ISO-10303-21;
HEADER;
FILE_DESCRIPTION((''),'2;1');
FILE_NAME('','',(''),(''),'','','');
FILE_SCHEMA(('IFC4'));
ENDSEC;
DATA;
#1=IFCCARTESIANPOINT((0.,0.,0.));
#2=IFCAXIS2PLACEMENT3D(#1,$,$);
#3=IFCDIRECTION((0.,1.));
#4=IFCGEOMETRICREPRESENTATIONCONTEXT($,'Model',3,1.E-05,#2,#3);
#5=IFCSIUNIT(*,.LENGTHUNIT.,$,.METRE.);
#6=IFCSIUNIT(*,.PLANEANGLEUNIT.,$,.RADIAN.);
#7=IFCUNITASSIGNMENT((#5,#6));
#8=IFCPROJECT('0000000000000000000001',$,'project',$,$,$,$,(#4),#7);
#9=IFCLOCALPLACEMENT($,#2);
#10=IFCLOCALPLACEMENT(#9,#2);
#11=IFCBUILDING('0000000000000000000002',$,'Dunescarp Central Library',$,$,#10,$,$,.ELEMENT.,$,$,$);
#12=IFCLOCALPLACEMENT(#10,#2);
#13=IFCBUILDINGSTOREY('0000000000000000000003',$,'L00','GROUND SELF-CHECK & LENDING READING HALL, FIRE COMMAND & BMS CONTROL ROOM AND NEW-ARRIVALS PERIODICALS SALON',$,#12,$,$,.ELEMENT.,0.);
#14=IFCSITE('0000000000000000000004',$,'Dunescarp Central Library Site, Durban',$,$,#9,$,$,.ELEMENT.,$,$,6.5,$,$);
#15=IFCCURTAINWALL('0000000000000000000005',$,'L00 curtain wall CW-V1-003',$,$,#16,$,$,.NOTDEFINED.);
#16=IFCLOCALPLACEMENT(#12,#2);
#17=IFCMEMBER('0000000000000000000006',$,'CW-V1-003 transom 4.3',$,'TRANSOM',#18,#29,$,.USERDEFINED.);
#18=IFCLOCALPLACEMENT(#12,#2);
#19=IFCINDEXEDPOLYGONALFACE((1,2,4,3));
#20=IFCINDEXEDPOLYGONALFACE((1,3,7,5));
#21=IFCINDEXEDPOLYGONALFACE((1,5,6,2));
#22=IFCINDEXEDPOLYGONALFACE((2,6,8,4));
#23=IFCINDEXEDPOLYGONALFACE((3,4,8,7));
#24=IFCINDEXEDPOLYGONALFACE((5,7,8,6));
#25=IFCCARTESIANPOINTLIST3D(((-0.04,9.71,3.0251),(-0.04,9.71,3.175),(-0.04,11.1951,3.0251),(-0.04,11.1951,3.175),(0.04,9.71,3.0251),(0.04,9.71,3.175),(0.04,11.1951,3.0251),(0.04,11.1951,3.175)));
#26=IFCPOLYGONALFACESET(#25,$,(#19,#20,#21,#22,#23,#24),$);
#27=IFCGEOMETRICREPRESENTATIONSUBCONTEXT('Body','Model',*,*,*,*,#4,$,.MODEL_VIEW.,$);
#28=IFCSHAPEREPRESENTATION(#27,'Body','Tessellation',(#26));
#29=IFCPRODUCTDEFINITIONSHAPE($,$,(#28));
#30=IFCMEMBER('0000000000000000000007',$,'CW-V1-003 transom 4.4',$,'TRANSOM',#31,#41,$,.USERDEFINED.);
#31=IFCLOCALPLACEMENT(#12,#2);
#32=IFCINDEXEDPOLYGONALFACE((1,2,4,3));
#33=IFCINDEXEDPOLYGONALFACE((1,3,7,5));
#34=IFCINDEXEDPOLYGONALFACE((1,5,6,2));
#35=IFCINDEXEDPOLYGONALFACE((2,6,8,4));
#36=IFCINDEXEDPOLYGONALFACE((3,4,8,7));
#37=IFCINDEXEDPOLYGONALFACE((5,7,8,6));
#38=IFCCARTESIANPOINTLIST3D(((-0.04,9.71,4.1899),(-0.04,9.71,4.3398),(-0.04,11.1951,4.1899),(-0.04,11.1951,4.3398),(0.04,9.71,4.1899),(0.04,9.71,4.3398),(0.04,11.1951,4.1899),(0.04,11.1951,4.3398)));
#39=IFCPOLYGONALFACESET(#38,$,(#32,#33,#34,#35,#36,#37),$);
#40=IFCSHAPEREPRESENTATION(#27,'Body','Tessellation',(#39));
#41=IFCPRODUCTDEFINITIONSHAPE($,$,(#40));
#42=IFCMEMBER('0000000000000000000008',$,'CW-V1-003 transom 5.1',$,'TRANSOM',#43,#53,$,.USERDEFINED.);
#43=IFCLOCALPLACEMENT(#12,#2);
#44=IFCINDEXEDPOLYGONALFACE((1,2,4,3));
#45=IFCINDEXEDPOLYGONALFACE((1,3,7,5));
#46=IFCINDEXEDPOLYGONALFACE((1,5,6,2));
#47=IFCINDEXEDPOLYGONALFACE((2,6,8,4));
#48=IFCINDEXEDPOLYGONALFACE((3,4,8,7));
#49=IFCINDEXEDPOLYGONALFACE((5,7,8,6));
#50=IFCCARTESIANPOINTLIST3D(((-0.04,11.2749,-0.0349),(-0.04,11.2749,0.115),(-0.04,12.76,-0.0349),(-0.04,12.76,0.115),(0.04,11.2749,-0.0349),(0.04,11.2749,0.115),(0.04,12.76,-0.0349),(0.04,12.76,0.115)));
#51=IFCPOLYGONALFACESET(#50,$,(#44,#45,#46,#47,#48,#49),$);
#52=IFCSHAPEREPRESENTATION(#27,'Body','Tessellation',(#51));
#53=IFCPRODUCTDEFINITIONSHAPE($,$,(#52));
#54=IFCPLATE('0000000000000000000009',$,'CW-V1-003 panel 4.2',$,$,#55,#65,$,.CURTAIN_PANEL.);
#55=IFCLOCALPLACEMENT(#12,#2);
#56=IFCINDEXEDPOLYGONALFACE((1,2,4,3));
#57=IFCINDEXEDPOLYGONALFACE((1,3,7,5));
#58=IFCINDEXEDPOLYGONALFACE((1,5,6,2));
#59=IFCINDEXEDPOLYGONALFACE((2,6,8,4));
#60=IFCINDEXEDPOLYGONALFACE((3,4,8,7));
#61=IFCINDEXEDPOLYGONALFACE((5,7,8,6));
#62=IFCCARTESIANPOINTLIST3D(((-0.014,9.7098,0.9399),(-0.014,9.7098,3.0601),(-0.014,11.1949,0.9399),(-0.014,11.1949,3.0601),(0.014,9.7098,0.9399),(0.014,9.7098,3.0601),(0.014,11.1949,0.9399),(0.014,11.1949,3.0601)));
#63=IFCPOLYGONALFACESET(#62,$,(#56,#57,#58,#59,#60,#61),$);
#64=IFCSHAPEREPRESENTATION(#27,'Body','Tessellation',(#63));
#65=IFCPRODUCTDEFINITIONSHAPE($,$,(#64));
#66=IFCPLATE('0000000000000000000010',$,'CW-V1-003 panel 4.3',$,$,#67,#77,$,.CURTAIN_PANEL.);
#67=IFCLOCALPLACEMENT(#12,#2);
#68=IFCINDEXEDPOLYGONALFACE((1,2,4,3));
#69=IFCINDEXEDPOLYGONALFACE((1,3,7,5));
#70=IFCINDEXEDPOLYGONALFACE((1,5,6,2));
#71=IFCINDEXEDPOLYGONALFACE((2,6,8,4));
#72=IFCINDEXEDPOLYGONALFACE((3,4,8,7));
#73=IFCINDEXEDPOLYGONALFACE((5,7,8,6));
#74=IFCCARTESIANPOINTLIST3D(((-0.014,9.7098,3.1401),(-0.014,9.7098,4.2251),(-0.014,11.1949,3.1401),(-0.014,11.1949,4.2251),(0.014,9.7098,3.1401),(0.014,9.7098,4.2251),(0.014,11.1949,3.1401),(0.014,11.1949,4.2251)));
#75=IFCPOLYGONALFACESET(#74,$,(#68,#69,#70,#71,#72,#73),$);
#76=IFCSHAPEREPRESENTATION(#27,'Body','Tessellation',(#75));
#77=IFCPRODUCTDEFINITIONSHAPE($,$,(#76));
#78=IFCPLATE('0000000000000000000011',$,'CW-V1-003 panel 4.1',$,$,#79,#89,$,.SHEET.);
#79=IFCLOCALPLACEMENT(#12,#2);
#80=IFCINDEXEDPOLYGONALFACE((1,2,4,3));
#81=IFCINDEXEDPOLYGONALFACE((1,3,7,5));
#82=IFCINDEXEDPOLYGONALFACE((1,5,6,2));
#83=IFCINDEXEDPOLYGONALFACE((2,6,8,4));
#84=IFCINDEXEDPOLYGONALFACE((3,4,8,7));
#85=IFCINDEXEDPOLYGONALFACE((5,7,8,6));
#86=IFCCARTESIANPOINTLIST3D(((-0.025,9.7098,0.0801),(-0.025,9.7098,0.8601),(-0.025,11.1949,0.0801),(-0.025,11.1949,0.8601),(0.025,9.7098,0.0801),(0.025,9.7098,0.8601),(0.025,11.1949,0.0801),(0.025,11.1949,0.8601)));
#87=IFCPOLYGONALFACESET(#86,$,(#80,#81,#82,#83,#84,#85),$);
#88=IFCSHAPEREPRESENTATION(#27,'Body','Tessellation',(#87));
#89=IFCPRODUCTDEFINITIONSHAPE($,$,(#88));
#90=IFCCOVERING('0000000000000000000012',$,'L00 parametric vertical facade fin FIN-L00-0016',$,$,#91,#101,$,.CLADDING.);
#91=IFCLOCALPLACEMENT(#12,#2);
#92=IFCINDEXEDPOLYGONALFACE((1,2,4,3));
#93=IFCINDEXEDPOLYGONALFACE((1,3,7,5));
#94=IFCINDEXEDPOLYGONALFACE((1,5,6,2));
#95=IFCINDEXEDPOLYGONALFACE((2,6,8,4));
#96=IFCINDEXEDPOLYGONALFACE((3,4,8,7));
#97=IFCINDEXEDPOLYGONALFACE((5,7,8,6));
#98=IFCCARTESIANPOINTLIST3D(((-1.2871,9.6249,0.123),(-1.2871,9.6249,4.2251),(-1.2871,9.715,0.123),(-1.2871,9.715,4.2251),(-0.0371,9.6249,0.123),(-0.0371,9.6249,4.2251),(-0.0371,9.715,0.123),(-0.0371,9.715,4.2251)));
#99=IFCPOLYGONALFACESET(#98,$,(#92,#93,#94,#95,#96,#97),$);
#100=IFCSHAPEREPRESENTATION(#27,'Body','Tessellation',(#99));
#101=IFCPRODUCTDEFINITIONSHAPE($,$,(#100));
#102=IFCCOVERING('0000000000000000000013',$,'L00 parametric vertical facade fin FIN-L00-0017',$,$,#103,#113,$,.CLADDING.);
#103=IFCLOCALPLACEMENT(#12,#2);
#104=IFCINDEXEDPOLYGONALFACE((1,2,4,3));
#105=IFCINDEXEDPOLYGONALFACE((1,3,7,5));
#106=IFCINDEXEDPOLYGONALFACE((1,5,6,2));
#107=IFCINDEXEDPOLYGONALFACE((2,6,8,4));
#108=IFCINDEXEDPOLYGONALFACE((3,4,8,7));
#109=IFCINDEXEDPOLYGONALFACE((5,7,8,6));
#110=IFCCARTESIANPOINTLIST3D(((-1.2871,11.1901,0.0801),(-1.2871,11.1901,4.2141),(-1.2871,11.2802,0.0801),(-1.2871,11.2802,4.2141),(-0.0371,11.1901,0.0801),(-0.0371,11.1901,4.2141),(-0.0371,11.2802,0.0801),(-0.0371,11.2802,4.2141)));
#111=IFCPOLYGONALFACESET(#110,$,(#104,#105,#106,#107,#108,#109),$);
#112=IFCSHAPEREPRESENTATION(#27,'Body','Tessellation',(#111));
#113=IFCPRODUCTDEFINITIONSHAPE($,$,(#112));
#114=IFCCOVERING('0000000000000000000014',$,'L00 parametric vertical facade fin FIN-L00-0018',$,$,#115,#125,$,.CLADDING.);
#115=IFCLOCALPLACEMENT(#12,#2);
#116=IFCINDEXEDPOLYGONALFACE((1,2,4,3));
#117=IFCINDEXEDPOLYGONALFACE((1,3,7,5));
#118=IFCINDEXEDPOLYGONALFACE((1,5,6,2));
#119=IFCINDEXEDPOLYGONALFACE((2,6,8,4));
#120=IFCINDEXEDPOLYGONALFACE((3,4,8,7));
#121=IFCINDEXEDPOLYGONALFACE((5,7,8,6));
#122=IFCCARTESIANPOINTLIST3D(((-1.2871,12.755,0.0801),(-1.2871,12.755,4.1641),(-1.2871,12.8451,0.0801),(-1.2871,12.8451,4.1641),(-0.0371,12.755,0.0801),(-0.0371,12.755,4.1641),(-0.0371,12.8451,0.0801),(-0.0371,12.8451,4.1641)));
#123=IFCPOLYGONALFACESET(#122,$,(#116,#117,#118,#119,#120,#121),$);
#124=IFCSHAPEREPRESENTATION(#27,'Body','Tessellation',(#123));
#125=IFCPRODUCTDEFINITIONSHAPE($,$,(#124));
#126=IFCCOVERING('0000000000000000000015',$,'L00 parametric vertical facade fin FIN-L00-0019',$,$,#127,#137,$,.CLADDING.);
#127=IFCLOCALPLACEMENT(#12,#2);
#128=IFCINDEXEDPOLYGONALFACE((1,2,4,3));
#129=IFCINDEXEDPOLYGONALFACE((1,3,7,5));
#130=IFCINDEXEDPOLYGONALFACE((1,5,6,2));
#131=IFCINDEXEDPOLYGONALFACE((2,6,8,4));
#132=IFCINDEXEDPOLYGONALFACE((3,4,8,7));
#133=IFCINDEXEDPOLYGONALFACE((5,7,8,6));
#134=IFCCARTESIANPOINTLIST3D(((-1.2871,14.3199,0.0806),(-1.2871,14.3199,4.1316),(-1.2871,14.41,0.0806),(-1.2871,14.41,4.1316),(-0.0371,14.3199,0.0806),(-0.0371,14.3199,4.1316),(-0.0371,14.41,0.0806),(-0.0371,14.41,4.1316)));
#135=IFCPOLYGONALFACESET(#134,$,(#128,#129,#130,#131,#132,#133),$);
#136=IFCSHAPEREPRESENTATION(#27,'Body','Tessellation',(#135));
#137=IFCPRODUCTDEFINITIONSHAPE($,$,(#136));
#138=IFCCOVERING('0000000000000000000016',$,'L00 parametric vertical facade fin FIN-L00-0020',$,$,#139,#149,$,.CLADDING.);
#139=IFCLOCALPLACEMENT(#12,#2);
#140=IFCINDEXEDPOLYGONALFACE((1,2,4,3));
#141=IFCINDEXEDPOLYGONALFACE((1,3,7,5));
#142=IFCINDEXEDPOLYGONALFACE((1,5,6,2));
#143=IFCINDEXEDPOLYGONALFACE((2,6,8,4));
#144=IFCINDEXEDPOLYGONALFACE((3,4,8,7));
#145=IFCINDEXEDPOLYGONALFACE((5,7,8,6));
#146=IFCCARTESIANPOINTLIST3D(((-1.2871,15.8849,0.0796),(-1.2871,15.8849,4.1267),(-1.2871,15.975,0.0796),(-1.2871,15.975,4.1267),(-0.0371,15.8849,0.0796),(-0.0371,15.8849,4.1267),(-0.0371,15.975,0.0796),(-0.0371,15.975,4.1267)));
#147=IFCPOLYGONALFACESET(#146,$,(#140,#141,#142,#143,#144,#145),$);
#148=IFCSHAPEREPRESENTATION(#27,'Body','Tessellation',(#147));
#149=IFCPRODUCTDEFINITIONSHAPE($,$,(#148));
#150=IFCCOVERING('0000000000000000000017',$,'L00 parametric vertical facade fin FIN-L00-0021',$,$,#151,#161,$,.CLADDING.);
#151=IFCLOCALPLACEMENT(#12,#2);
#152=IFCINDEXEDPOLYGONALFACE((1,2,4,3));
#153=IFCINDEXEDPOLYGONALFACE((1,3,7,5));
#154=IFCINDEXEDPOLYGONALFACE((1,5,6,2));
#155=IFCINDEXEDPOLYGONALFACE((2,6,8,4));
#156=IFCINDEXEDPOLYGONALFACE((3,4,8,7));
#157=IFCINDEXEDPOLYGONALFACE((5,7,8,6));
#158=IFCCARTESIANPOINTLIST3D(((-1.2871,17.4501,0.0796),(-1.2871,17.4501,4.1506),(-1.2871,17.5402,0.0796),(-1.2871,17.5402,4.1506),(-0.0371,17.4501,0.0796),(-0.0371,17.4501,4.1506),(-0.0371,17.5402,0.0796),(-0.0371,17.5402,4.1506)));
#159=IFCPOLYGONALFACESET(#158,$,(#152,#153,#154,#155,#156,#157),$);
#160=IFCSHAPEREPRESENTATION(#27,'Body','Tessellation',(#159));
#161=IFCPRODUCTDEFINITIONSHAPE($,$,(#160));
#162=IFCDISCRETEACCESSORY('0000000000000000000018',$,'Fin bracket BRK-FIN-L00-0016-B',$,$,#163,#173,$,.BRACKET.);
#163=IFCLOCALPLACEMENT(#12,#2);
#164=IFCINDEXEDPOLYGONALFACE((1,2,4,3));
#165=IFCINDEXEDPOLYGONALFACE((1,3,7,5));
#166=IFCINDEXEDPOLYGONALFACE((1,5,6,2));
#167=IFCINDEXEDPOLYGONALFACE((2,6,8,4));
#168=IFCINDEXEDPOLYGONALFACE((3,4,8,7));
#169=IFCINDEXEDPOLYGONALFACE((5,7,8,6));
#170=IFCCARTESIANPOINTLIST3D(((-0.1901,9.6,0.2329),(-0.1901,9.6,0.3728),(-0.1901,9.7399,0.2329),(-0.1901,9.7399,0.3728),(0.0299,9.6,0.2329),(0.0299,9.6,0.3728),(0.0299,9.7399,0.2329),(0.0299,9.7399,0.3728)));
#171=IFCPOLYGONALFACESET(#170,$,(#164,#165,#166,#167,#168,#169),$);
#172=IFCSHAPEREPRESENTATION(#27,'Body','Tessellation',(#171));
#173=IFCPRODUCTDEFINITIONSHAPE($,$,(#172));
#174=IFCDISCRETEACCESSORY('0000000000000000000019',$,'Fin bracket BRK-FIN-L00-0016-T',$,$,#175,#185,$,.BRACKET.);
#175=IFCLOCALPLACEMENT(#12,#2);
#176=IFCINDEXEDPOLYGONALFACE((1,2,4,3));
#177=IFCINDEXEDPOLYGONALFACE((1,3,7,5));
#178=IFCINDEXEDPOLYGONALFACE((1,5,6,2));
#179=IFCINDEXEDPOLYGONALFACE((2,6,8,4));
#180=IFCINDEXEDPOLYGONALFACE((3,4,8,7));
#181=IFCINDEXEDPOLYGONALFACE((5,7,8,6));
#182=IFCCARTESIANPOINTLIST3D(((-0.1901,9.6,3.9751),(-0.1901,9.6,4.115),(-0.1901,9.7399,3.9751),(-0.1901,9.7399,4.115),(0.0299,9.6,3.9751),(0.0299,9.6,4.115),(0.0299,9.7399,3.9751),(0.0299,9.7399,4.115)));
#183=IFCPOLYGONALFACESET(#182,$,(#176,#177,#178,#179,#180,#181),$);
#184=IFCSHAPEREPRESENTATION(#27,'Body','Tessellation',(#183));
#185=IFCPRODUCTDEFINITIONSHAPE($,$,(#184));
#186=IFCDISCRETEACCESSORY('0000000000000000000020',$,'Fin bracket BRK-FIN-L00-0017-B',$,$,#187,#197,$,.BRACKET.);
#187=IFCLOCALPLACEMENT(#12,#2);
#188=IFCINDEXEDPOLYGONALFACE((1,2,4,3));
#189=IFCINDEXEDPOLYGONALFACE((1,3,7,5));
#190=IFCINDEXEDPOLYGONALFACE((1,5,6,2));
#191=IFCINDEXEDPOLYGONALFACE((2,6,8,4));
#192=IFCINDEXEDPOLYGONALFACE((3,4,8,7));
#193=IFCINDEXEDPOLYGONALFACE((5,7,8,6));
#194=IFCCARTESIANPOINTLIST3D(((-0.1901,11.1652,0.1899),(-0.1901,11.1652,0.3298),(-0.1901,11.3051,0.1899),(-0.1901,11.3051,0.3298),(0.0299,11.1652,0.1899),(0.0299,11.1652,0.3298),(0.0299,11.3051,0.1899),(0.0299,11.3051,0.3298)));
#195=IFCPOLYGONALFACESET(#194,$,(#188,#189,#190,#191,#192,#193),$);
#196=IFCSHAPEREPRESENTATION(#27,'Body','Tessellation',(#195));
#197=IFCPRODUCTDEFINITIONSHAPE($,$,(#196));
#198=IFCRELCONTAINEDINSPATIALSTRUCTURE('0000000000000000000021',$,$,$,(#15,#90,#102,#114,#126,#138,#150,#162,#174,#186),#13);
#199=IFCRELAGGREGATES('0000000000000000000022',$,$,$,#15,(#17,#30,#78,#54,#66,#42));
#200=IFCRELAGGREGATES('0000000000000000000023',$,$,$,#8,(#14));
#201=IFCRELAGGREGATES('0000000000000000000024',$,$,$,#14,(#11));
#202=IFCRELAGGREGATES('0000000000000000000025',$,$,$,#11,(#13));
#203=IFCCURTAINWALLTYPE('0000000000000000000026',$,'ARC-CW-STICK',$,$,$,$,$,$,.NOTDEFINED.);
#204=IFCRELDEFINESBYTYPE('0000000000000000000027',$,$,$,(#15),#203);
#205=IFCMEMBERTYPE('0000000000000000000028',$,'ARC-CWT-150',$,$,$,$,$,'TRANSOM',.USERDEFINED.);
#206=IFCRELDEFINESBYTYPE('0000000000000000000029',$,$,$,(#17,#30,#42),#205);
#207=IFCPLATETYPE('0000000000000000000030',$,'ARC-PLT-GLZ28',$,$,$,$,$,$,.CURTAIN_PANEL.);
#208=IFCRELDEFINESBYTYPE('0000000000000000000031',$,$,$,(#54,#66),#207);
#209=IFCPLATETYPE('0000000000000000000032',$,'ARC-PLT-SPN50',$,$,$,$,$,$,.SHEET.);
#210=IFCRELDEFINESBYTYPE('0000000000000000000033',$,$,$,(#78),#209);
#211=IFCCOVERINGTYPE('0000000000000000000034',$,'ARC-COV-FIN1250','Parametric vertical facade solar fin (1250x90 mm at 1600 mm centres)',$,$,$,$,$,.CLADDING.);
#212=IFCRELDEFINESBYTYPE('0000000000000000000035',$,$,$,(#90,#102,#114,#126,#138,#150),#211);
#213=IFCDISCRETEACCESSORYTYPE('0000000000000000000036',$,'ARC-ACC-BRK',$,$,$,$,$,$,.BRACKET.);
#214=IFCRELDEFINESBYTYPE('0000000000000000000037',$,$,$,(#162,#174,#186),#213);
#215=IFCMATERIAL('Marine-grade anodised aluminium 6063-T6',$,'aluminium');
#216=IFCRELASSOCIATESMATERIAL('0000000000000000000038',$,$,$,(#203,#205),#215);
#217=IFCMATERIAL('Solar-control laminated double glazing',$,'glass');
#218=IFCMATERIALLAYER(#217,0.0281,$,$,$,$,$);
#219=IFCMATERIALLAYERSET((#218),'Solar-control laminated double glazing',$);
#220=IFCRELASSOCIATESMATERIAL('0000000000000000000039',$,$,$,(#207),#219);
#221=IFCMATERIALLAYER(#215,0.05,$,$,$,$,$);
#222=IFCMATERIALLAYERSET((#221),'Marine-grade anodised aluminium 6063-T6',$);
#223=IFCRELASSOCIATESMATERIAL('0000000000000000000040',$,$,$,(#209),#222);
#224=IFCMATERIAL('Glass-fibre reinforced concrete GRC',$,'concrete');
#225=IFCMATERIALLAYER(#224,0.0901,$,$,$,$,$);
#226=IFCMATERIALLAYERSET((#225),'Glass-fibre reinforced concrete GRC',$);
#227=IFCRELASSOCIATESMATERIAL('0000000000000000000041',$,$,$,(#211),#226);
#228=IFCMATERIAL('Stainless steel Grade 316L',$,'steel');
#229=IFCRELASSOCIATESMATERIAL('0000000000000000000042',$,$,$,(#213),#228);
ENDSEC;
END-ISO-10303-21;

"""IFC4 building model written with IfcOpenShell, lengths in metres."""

from ifc_helpers import new_model, si_unit, direction, frame, origin, origin_2d, place, context, subcontext, project, spatial, rectangle, extrude, material, layer, layer_set, material_profile, profile_set, type_object, element, aggregate, save


model = new_model("IFC4")

# Units and contexts
model_context = context("Model", 3, precision=1e-05, world=origin(), true_north=direction((0.0, 1.0)))
body_context = subcontext(model_context, "Body", "Model", "MODEL_VIEW")
ifc_project = project(units=[si_unit("LENGTHUNIT", "METRE"), si_unit("PLANEANGLEUNIT", "RADIAN")], contexts=[model_context])

# Site, building, storey
site_placement = place(None, origin())
site = spatial("IfcSite", under=ifc_project, at=site_placement, Name="Dunescarp Central Library Site, Durban", CompositionType="ELEMENT", RefElevation=6.5)
building_placement = place(site_placement, origin())
building = spatial("IfcBuilding", under=site, at=building_placement, Name="Dunescarp Central Library", CompositionType="ELEMENT")
storey_placement = place(building_placement, origin())
storey = spatial("IfcBuildingStorey", under=building, at=storey_placement, Name="L00", Description="GROUND SELF-CHECK & LENDING READING HALL, FIRE COMMAND & BMS CONTROL ROOM AND NEW-ARRIVALS PERIODICALS SALON", CompositionType="ELEMENT", Elevation=0.0)

# Curtain wall, members, plates
ifc_material_1 = material(Name="Marine-grade anodised aluminium 6063-T6", Category="aluminium")
curtain_wall_type = type_object("IfcCurtainWallType", Name="ARC-CW-STICK", PredefinedType="NOTDEFINED", material=ifc_material_1)
curtain_wall_placement = place(storey_placement, origin())
curtain_wall = element("IfcCurtainWall", 1, at=curtain_wall_placement, inside=storey, type_object=curtain_wall_type, Name="L00 curtain wall CW-V1-003", PredefinedType="NOTDEFINED")
ifc_material_profile_1 = material_profile(ifc_material_1, rectangle(XDim=0.0801, YDim=0.1499, at=origin_2d()), Name="AL 80x150")
ifc_profile_set_1 = profile_set([ifc_material_profile_1], Name="Marine-grade anodised aluminium 6063-T6")
member_type_1 = type_object("IfcMemberType", Name="ARC-CWT-150", ElementType="TRANSOM", PredefinedType="USERDEFINED", material=ifc_profile_set_1)
member_1_placement = place(storey_placement, frame((0.0, 9.71, 3.1001), z_axis=(0.0, 1.0, 0.0), x_axis=(-1.0, 0.0, 0.0)))
member_1 = element("IfcMember", 2, at=member_1_placement, type_object=member_type_1, Name="CW-V1-003 transom 4.3", ObjectType="TRANSOM", PredefinedType="USERDEFINED", context=body_context, shape_type="SweptSolid", body=[
    extrude(rectangle(XDim=0.0801, YDim=0.1499, at=origin_2d()), origin(), (0.0, 0.0, 1.0), 1.4851),
])
member_2_placement = place(storey_placement, frame((0.0, 9.71, 4.2649), z_axis=(0.0, 1.0, 0.0), x_axis=(-1.0, 0.0, 0.0)))
member_2 = element("IfcMember", 3, at=member_2_placement, type_object=member_type_1, Name="CW-V1-003 transom 4.4", ObjectType="TRANSOM", PredefinedType="USERDEFINED", context=body_context, shape_type="SweptSolid", body=[
    extrude(rectangle(XDim=0.0801, YDim=0.1499, at=origin_2d()), origin(), (0.0, 0.0, 1.0), 1.4851),
])
member_3_placement = place(storey_placement, frame((0.0, 11.2749, 0.04), z_axis=(0.0, 1.0, 0.0), x_axis=(-1.0, 0.0, 0.0)))
member_3 = element("IfcMember", 4, at=member_3_placement, type_object=member_type_1, Name="CW-V1-003 transom 5.1", ObjectType="TRANSOM", PredefinedType="USERDEFINED", context=body_context, shape_type="SweptSolid", body=[
    extrude(rectangle(XDim=0.0801, YDim=0.1499, at=origin_2d()), origin(), (0.0, 0.0, 1.0), 1.4851),
])
ifc_material_2 = material(Name="Solar-control laminated double glazing", Category="glass")
ifc_layer_1 = layer(ifc_material_2, 0.0281)
ifc_layer_set_1 = layer_set([ifc_layer_1], Name="Solar-control laminated double glazing")
plate_type_1 = type_object("IfcPlateType", Name="ARC-PLT-GLZ28", PredefinedType="CURTAIN_PANEL", material=ifc_layer_set_1)
plate_1_placement = place(storey_placement, frame((0.0, 10.4524, 0.9399), z_axis=(0.0, 0.0, 1.0), x_axis=(0.0, 1.0, 0.0)))
plate_1 = element("IfcPlate", 5, at=plate_1_placement, type_object=plate_type_1, Name="CW-V1-003 panel 4.2", PredefinedType="CURTAIN_PANEL", context=body_context, shape_type="SweptSolid", body=[
    extrude(rectangle(XDim=1.4851, YDim=0.0281, at=origin_2d()), origin(), (0.0, 0.0, 1.0), 2.1201),
])
plate_2_placement = place(storey_placement, frame((0.0, 10.4524, 3.1401), z_axis=(0.0, 0.0, 1.0), x_axis=(0.0, 1.0, 0.0)))
plate_2 = element("IfcPlate", 6, at=plate_2_placement, type_object=plate_type_1, Name="CW-V1-003 panel 4.3", PredefinedType="CURTAIN_PANEL", context=body_context, shape_type="SweptSolid", body=[
    extrude(rectangle(XDim=1.4851, YDim=0.0281, at=origin_2d()), origin(), (0.0, 0.0, 1.0), 1.085),
])
ifc_layer_2 = layer(ifc_material_1, 0.05)
ifc_layer_set_2 = layer_set([ifc_layer_2], Name="Marine-grade anodised aluminium 6063-T6")
plate_type_2 = type_object("IfcPlateType", Name="ARC-PLT-SPN50", PredefinedType="SHEET", material=ifc_layer_set_2)
plate_3_placement = place(storey_placement, frame((0.0, 10.4524, 0.0801), z_axis=(0.0, 0.0, 1.0), x_axis=(0.0, 1.0, 0.0)))
plate_3 = element("IfcPlate", 7, at=plate_3_placement, type_object=plate_type_2, Name="CW-V1-003 panel 4.1", PredefinedType="SHEET", context=body_context, shape_type="SweptSolid", body=[
    extrude(rectangle(XDim=1.4851, YDim=0.05, at=origin_2d()), origin(), (0.0, 0.0, 1.0), 0.78),
])
aggregate(curtain_wall, [member_1, member_2, plate_3, plate_1, plate_2, member_3])

# Coverings
ifc_material_3 = material(Name="Glass-fibre reinforced concrete GRC", Category="concrete")
ifc_layer_3 = layer(ifc_material_3, 0.0901)
ifc_layer_set_3 = layer_set([ifc_layer_3], Name="Glass-fibre reinforced concrete GRC")
covering_type = type_object("IfcCoveringType", Name="ARC-COV-FIN1250", Description="Parametric vertical facade solar fin (1250x90 mm at 1600 mm centres)", PredefinedType="CLADDING", material=ifc_layer_set_3)
covering_1_placement = place(storey_placement, frame((-0.6621, 9.6699, 0.123), z_axis=(0.0, 0.0, 1.0), x_axis=(-1.0, 0.0, 0.0)))
element("IfcCovering", 8, at=covering_1_placement, inside=storey, type_object=covering_type, Name="L00 parametric vertical facade fin FIN-L00-0016", PredefinedType="CLADDING", context=body_context, shape_type="SweptSolid", body=[
    extrude(rectangle(XDim=1.25, YDim=0.0901, at=origin_2d()), origin(), (0.0, 0.0, 1.0), 4.1021),
])
covering_2_placement = place(storey_placement, frame((-0.6621, 11.2351, 0.0801), z_axis=(0.0, 0.0, 1.0), x_axis=(-1.0, 0.0, 0.0)))
element("IfcCovering", 9, at=covering_2_placement, inside=storey, type_object=covering_type, Name="L00 parametric vertical facade fin FIN-L00-0017", PredefinedType="CLADDING", context=body_context, shape_type="SweptSolid", body=[
    extrude(rectangle(XDim=1.25, YDim=0.0901, at=origin_2d()), origin(), (0.0, 0.0, 1.0), 4.134),
])
covering_3_placement = place(storey_placement, frame((-0.6621, 12.8, 0.0801), z_axis=(0.0, 0.0, 1.0), x_axis=(-1.0, 0.0, 0.0)))
element("IfcCovering", 10, at=covering_3_placement, inside=storey, type_object=covering_type, Name="L00 parametric vertical facade fin FIN-L00-0018", PredefinedType="CLADDING", context=body_context, shape_type="SweptSolid", body=[
    extrude(rectangle(XDim=1.25, YDim=0.0901, at=origin_2d()), origin(), (0.0, 0.0, 1.0), 4.084),
])
covering_4_placement = place(storey_placement, frame((-0.6621, 14.365, 0.0806), z_axis=(0.0, 0.0, 1.0), x_axis=(-1.0, 0.0, 0.0)))
element("IfcCovering", 11, at=covering_4_placement, inside=storey, type_object=covering_type, Name="L00 parametric vertical facade fin FIN-L00-0019", PredefinedType="CLADDING", context=body_context, shape_type="SweptSolid", body=[
    extrude(rectangle(XDim=1.25, YDim=0.0901, at=origin_2d()), origin(), (0.0, 0.0, 1.0), 4.051),
])
covering_5_placement = place(storey_placement, frame((-0.6621, 15.9299, 0.0796), z_axis=(0.0, 0.0, 1.0), x_axis=(-1.0, 0.0, 0.0)))
element("IfcCovering", 12, at=covering_5_placement, inside=storey, type_object=covering_type, Name="L00 parametric vertical facade fin FIN-L00-0020", PredefinedType="CLADDING", context=body_context, shape_type="SweptSolid", body=[
    extrude(rectangle(XDim=1.25, YDim=0.0901, at=origin_2d()), origin(), (0.0, 0.0, 1.0), 4.0471),
])
covering_6_placement = place(storey_placement, frame((-0.6621, 17.4951, 0.0796), z_axis=(0.0, 0.0, 1.0), x_axis=(-1.0, 0.0, 0.0)))
element("IfcCovering", 13, at=covering_6_placement, inside=storey, type_object=covering_type, Name="L00 parametric vertical facade fin FIN-L00-0021", PredefinedType="CLADDING", context=body_context, shape_type="SweptSolid", body=[
    extrude(rectangle(XDim=1.25, YDim=0.0901, at=origin_2d()), origin(), (0.0, 0.0, 1.0), 4.071),
])

# Discrete accessories
ifc_material_4 = material(Name="Stainless steel Grade 316L", Category="steel")
discrete_accessory_type = type_object("IfcDiscreteAccessoryType", Name="ARC-ACC-BRK", PredefinedType="BRACKET", material=ifc_material_4)
for number, where, z_axis, x_axis, name in (
    (14, (-0.0801, 9.6699, 0.2329), (0.0, 0.0, 1.0), (-1.0, 0.0, 0.0), "Fin bracket BRK-FIN-L00-0016-B"),
    (15, (-0.0801, 9.6699, 3.9751), (0.0, 0.0, 1.0), (-1.0, 0.0, 0.0), "Fin bracket BRK-FIN-L00-0016-T"),
    (16, (-0.0801, 11.2351, 0.1899), (0.0, 0.0, 1.0), (-1.0, 0.0, 0.0), "Fin bracket BRK-FIN-L00-0017-B"),
):
    element("IfcDiscreteAccessory", number, at=place(storey_placement, frame(where, z_axis=z_axis, x_axis=x_axis)), inside=storey, type_object=discrete_accessory_type, Name=name, PredefinedType="BRACKET", context=body_context, shape_type="SweptSolid", body=[
        extrude(rectangle(XDim=0.22, YDim=0.1399, at=origin_2d()), origin(), (0.0, 0.0, 1.0), 0.1399),
    ])

save(model, "model.ifc")
